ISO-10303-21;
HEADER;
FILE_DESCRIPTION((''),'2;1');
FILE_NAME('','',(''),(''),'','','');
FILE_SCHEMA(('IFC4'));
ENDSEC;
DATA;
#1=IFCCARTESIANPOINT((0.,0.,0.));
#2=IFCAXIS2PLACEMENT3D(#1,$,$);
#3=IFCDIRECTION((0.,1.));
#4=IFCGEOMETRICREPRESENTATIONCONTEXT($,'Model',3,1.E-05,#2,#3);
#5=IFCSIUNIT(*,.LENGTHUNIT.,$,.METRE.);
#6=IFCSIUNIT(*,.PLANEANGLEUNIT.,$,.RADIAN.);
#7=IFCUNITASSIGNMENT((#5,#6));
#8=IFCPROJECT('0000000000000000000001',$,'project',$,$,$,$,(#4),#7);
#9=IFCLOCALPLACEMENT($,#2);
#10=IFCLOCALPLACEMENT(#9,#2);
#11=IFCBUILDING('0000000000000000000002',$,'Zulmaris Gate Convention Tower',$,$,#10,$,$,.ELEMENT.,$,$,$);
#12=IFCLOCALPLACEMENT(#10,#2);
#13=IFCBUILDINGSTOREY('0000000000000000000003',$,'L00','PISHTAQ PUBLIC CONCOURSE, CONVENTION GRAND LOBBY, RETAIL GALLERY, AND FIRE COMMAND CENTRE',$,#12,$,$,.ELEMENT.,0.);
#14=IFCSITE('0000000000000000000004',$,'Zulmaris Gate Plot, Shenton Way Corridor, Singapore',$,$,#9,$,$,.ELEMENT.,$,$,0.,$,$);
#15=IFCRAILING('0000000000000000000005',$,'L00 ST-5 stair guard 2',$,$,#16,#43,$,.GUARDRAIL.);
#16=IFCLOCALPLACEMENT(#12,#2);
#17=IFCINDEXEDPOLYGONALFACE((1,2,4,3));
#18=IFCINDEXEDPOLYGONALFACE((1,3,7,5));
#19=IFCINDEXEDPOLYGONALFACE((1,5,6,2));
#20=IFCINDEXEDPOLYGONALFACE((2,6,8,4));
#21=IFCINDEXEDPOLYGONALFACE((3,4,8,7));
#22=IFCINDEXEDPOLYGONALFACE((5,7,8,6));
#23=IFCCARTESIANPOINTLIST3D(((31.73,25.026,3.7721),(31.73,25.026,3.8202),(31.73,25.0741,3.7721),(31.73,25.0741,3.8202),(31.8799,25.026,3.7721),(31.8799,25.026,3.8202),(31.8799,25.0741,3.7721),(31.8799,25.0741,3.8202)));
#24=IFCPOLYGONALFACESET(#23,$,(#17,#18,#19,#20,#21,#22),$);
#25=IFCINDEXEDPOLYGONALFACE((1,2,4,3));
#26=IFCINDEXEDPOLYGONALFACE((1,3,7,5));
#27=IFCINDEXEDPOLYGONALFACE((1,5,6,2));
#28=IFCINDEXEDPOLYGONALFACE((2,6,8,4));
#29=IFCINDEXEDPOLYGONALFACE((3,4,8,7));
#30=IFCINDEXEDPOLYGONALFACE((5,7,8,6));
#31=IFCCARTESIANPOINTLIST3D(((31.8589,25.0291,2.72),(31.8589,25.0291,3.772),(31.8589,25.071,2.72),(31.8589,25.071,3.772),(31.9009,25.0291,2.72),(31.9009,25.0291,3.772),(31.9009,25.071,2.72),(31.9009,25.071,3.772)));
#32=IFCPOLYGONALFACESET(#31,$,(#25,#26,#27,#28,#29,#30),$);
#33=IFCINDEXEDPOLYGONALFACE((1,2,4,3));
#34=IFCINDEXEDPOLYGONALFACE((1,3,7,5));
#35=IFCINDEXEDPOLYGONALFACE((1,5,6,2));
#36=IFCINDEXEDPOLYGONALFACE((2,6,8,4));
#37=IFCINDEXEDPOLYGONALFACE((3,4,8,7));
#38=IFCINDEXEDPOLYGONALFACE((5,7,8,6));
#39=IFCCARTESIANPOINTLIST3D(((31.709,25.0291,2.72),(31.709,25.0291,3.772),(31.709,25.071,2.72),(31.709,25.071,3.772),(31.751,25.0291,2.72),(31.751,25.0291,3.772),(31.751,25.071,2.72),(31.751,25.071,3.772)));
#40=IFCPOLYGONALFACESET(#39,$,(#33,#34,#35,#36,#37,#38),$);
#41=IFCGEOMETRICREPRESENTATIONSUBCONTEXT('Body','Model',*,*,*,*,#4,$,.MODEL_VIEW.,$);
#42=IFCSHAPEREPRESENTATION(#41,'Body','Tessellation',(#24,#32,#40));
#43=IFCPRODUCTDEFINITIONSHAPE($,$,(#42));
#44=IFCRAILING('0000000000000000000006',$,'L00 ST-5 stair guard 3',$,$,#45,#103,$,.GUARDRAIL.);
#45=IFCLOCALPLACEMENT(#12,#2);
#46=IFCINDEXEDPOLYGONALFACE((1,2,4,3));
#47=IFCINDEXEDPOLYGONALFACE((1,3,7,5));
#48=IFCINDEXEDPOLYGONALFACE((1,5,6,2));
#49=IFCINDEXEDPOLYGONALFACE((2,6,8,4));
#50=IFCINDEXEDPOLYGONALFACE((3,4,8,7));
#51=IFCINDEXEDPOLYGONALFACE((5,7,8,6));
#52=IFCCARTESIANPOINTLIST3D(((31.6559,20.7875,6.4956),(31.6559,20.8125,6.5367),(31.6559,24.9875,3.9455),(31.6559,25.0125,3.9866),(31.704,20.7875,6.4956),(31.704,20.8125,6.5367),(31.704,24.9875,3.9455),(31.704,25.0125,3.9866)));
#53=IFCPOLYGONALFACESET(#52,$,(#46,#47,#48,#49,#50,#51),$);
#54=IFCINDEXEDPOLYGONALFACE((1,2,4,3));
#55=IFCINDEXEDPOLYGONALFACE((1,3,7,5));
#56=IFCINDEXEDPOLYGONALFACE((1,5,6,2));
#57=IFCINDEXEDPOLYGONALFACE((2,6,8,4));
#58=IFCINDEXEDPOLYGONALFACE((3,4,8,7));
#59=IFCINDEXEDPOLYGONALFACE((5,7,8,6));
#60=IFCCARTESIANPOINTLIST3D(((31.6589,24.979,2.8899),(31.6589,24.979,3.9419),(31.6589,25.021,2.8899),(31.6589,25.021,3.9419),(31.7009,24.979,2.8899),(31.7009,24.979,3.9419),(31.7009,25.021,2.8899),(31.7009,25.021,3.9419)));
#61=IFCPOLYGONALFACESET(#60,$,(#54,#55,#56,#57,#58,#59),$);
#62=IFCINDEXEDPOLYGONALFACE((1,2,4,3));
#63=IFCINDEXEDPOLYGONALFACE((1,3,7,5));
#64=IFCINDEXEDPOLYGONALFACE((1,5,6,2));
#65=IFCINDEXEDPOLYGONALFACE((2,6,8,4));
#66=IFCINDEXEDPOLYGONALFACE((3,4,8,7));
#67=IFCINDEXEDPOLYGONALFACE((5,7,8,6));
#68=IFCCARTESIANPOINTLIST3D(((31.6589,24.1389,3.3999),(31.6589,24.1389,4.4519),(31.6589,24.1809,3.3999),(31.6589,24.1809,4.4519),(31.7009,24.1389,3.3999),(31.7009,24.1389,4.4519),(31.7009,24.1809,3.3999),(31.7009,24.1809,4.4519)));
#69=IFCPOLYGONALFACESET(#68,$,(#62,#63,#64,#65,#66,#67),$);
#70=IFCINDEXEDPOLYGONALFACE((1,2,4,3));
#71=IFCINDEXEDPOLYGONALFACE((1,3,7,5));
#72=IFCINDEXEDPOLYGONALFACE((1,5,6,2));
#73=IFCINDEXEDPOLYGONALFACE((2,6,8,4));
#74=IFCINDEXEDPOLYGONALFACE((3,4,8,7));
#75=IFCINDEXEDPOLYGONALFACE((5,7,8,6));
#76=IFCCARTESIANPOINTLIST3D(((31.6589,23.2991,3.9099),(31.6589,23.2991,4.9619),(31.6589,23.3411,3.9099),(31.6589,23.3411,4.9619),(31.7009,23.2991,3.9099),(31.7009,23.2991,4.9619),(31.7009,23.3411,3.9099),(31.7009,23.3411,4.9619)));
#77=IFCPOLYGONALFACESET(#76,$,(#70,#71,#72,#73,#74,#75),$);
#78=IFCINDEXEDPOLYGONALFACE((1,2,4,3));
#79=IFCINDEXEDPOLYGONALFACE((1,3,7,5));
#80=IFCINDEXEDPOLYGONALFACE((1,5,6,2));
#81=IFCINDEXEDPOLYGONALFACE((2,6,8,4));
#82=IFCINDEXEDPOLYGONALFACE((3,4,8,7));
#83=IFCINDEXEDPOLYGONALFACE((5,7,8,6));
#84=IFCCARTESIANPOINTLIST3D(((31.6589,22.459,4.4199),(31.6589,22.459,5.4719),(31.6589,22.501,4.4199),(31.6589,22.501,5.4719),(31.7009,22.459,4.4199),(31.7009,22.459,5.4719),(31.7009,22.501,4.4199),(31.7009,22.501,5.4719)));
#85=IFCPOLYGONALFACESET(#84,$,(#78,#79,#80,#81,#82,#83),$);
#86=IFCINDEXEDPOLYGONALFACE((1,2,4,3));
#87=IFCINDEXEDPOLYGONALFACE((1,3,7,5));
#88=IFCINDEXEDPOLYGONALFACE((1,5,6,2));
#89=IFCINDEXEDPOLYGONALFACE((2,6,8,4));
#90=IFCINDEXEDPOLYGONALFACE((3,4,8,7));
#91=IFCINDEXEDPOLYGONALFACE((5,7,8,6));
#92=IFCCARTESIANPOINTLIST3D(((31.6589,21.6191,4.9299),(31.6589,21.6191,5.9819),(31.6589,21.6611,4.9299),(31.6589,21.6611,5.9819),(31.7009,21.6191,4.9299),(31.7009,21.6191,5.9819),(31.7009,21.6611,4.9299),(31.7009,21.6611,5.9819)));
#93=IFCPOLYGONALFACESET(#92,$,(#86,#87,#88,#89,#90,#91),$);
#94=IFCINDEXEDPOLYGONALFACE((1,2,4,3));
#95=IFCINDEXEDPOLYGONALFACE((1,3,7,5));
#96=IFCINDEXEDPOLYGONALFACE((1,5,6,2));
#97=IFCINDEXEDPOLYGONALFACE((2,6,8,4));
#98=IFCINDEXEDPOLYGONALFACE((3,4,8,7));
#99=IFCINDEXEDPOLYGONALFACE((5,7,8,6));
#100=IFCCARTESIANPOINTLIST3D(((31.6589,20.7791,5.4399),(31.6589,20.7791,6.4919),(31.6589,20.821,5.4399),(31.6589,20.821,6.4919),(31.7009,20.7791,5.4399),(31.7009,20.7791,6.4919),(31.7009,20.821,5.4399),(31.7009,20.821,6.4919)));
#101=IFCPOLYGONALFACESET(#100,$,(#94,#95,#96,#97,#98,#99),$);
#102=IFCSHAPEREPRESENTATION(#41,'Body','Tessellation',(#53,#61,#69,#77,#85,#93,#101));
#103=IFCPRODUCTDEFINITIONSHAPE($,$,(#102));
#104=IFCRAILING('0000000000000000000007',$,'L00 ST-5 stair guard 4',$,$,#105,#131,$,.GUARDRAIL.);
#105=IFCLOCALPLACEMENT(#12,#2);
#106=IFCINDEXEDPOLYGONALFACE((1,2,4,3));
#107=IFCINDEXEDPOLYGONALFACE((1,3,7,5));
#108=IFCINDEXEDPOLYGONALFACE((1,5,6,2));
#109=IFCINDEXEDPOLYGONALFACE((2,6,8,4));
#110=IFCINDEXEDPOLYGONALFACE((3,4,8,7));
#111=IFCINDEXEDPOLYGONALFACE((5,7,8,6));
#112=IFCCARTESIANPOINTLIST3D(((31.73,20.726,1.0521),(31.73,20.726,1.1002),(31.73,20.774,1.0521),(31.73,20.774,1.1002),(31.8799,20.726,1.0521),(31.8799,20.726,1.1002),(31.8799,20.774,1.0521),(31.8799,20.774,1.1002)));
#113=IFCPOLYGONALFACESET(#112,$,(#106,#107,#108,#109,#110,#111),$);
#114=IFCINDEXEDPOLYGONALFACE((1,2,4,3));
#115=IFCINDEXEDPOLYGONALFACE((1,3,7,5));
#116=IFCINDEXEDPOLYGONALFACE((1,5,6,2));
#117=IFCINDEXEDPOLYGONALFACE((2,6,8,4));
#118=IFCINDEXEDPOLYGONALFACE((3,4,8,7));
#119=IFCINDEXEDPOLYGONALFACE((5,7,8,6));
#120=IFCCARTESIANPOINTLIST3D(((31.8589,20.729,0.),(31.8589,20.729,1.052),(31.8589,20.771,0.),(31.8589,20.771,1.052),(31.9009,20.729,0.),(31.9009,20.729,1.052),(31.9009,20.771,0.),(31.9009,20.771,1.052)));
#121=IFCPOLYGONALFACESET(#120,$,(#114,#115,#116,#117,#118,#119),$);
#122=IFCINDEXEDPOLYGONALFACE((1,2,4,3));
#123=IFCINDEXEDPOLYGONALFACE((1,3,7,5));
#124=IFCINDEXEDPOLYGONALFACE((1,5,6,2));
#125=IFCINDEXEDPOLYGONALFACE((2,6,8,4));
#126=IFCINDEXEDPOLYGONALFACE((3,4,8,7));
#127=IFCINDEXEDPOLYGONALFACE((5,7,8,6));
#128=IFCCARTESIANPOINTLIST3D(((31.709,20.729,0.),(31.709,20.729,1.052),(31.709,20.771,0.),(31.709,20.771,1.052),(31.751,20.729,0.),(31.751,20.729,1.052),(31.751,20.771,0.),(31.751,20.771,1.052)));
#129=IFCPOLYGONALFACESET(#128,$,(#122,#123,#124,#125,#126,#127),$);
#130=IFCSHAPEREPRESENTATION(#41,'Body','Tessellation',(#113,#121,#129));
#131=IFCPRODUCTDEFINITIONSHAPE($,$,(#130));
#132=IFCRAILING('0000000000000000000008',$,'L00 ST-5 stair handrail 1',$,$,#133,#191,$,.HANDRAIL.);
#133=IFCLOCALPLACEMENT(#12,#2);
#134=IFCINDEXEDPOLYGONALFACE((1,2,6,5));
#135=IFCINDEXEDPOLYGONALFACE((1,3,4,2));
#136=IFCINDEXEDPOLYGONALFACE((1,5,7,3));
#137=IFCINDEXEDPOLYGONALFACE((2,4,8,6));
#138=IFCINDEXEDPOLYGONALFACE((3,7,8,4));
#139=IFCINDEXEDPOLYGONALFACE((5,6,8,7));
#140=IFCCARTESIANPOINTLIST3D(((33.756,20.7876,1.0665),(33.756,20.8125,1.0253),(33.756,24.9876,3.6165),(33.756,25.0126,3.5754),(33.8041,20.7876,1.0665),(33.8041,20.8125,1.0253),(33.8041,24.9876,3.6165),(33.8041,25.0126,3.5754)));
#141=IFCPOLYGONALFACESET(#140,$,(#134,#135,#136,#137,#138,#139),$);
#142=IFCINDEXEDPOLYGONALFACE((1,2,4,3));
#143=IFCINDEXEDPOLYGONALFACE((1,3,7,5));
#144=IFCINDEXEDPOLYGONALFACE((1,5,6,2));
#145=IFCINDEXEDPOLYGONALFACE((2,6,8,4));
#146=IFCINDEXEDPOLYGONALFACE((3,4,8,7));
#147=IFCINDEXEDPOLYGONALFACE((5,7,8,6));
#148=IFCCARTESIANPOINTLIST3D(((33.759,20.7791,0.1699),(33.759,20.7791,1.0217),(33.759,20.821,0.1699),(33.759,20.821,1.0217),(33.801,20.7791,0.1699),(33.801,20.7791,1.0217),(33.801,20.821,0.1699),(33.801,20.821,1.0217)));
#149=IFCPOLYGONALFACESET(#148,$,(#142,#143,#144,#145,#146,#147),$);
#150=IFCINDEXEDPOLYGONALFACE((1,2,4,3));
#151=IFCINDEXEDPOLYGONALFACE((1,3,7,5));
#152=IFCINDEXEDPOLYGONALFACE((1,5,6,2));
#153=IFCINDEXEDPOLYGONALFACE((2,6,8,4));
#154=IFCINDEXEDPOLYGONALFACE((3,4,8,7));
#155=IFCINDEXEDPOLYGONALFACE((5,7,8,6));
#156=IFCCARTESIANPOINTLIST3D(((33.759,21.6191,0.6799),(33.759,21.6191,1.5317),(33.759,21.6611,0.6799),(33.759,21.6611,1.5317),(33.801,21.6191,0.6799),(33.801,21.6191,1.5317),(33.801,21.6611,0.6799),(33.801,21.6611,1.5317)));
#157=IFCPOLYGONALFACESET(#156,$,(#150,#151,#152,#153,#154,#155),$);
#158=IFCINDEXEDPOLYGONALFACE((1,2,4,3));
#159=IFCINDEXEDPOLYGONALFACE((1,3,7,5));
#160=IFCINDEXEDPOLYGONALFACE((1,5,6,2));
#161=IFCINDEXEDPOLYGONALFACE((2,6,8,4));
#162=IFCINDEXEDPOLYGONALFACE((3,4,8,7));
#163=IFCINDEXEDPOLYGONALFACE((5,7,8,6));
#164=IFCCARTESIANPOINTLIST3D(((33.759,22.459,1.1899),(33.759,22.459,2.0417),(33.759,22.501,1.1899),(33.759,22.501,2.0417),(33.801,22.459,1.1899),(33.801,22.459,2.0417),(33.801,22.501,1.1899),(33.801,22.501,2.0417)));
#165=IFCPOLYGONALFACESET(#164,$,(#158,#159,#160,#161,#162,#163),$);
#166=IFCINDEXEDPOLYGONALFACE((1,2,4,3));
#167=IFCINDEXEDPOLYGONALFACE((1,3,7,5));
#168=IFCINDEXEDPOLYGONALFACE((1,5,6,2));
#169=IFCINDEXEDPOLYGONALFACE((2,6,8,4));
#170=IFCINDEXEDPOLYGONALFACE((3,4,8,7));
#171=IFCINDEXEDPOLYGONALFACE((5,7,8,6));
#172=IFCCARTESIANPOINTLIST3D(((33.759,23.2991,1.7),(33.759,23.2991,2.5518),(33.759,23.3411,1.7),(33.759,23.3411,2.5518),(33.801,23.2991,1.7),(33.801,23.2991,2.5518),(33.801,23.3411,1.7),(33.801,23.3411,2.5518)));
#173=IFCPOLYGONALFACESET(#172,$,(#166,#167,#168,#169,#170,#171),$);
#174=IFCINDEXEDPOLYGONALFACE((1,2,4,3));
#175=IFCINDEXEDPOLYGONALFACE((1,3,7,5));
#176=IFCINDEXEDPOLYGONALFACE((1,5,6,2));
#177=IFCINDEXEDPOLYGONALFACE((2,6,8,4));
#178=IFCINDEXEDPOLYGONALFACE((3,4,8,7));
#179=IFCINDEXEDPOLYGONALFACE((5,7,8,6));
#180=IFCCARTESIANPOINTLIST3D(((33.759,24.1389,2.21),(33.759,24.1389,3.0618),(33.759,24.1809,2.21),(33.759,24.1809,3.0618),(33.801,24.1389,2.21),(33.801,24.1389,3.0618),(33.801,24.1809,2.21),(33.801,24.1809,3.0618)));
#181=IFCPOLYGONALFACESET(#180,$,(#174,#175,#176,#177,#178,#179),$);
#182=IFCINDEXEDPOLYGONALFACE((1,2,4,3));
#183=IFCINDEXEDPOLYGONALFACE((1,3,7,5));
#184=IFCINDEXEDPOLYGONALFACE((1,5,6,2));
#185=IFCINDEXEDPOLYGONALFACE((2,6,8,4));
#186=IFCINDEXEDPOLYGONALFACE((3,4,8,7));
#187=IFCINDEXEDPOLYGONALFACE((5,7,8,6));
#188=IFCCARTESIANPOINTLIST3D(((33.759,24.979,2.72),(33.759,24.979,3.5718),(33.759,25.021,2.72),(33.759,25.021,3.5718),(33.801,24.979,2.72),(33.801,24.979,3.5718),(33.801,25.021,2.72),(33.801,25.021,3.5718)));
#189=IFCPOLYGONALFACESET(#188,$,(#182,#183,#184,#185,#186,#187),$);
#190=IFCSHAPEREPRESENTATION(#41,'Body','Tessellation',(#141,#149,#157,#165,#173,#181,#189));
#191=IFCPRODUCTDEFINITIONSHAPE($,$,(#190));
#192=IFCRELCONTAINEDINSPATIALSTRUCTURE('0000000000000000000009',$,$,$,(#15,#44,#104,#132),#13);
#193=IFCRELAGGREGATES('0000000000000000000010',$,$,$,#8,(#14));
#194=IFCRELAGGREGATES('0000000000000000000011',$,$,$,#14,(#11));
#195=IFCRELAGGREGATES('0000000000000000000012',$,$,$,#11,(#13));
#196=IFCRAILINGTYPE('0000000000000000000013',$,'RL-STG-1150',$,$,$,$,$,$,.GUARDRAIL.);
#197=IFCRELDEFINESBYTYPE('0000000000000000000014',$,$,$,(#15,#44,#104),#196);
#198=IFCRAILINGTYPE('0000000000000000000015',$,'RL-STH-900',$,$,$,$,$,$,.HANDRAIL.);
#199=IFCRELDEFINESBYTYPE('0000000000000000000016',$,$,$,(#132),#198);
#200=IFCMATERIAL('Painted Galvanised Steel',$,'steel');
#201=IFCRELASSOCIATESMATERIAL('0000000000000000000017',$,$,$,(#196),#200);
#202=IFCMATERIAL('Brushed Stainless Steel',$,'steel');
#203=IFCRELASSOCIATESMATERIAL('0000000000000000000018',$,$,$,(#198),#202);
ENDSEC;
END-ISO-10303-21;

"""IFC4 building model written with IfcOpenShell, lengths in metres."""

from ifc_helpers import new_model, si_unit, direction, frame, origin, origin_2d, place, context, subcontext, project, spatial, rectangle, extrude, material, type_object, element, save


model = new_model("IFC4")

# Units and contexts
model_context = context("Model", 3, precision=1e-05, world=origin(), true_north=direction((0.0, 1.0)))
body_context = subcontext(model_context, "Body", "Model", "MODEL_VIEW")
ifc_project = project(units=[si_unit("LENGTHUNIT", "METRE"), si_unit("PLANEANGLEUNIT", "RADIAN")], contexts=[model_context])

# Site, building, storey
site_placement = place(None, origin())
site = spatial("IfcSite", under=ifc_project, at=site_placement, Name="Zulmaris Gate Plot, Shenton Way Corridor, Singapore", CompositionType="ELEMENT", RefElevation=0.0)
building_placement = place(site_placement, origin())
building = spatial("IfcBuilding", under=site, at=building_placement, Name="Zulmaris Gate Convention Tower", CompositionType="ELEMENT")
storey_placement = place(building_placement, origin())
storey = spatial("IfcBuildingStorey", under=building, at=storey_placement, Name="L00", Description="PISHTAQ PUBLIC CONCOURSE, CONVENTION GRAND LOBBY, RETAIL GALLERY, AND FIRE COMMAND CENTRE", CompositionType="ELEMENT", Elevation=0.0)

# Railings
ifc_material_1 = material(Name="Painted Galvanised Steel", Category="steel")
railing_type_1 = type_object("IfcRailingType", Name="RL-STG-1150", PredefinedType="GUARDRAIL", material=ifc_material_1)
railing_1_placement = place(storey_placement, frame((31.8799, 25.05, 2.72)))
element("IfcRailing", 1, at=railing_1_placement, inside=storey, type_object=railing_type_1, Name="L00 ST-5 stair guard 2", PredefinedType="GUARDRAIL", context=body_context, shape_type="SweptSolid", body=[
    extrude(rectangle(XDim=0.0481, YDim=0.0481, at=origin_2d()), frame((0.0, 0.0, 1.0762), z_axis=(-1.0, 0.0, 0.0), x_axis=(0.0, -1.0, 0.0)), (0.0, 0.0, 1.0), 0.1499),
    extrude(rectangle(XDim=0.042, YDim=0.042, at=origin_2d()), origin(), (0.0, 0.0, 1.0), 1.052),
    extrude(rectangle(XDim=0.042, YDim=0.042, at=origin_2d()), frame((-0.1499, 0.0, 0.0)), (0.0, 0.0, 1.0), 1.052),
])
railing_2_placement = place(storey_placement, frame((31.6799, 25.0, 2.8899)))
element("IfcRailing", 2, at=railing_2_placement, inside=storey, type_object=railing_type_1, Name="L00 ST-5 stair guard 3", PredefinedType="GUARDRAIL", context=body_context, shape_type="SweptSolid", body=[
    extrude(rectangle(XDim=0.0481, YDim=0.0481, at=origin_2d()), frame((0.0, 0.0, 1.0762), z_axis=(0.0, -0.85478, 0.51899), x_axis=(1.0, 0.0, 0.0)), (0.0, 0.0, 1.0), 4.9136),
    extrude(rectangle(XDim=0.042, YDim=0.042, at=origin_2d()), origin(), (0.0, 0.0, 1.0), 1.052),
    extrude(rectangle(XDim=0.042, YDim=0.042, at=origin_2d()), frame((0.0, -0.8401, 0.51)), (0.0, 0.0, 1.0), 1.052),
    extrude(rectangle(XDim=0.042, YDim=0.042, at=origin_2d()), frame((0.0, -1.6799, 1.02)), (0.0, 0.0, 1.0), 1.052),
    extrude(rectangle(XDim=0.042, YDim=0.042, at=origin_2d()), frame((0.0, -2.52, 1.53)), (0.0, 0.0, 1.0), 1.052),
    extrude(rectangle(XDim=0.042, YDim=0.042, at=origin_2d()), frame((0.0, -3.3599, 2.04)), (0.0, 0.0, 1.0), 1.052),
    extrude(rectangle(XDim=0.042, YDim=0.042, at=origin_2d()), frame((0.0, -4.2, 2.55)), (0.0, 0.0, 1.0), 1.052),
])
railing_3_placement = place(storey_placement, frame((31.8799, 20.75, 0.0)))
element("IfcRailing", 3, at=railing_3_placement, inside=storey, type_object=railing_type_1, Name="L00 ST-5 stair guard 4", PredefinedType="GUARDRAIL", context=body_context, shape_type="SweptSolid", body=[
    extrude(rectangle(XDim=0.0481, YDim=0.0481, at=origin_2d()), frame((0.0, 0.0, 1.0762), z_axis=(-1.0, 0.0, 0.0), x_axis=(0.0, -1.0, 0.0)), (0.0, 0.0, 1.0), 0.1499),
    extrude(rectangle(XDim=0.042, YDim=0.042, at=origin_2d()), origin(), (0.0, 0.0, 1.0), 1.052),
    extrude(rectangle(XDim=0.042, YDim=0.042, at=origin_2d()), frame((-0.1499, 0.0, 0.0)), (0.0, 0.0, 1.0), 1.052),
])
ifc_material_2 = material(Name="Brushed Stainless Steel", Category="steel")
railing_type_2 = type_object("IfcRailingType", Name="RL-STH-900", PredefinedType="HANDRAIL", material=ifc_material_2)
railing_4_placement = place(storey_placement, frame((33.78, 20.8, 0.1699)))
element("IfcRailing", 4, at=railing_4_placement, inside=storey, type_object=railing_type_2, Name="L00 ST-5 stair handrail 1", PredefinedType="HANDRAIL", context=body_context, shape_type="SweptSolid", body=[
    extrude(rectangle(XDim=0.0481, YDim=0.0481, at=origin_2d()), frame((0.0, 0.0, 0.876), z_axis=(0.0, 0.85478, 0.51899), x_axis=(-1.0, 0.0, 0.0)), (0.0, 0.0, 1.0), 4.9136),
    extrude(rectangle(XDim=0.042, YDim=0.042, at=origin_2d()), origin(), (0.0, 0.0, 1.0), 0.8518),
    extrude(rectangle(XDim=0.042, YDim=0.042, at=origin_2d()), frame((0.0, 0.8401, 0.51)), (0.0, 0.0, 1.0), 0.8518),
    extrude(rectangle(XDim=0.042, YDim=0.042, at=origin_2d()), frame((0.0, 1.6799, 1.02)), (0.0, 0.0, 1.0), 0.8518),
    extrude(rectangle(XDim=0.042, YDim=0.042, at=origin_2d()), frame((0.0, 2.52, 1.53)), (0.0, 0.0, 1.0), 0.8518),
    extrude(rectangle(XDim=0.042, YDim=0.042, at=origin_2d()), frame((0.0, 3.3599, 2.04)), (0.0, 0.0, 1.0), 0.8518),
    extrude(rectangle(XDim=0.042, YDim=0.042, at=origin_2d()), frame((0.0, 4.2, 2.55)), (0.0, 0.0, 1.0), 0.8518),
])

save(model, "model.ifc")
